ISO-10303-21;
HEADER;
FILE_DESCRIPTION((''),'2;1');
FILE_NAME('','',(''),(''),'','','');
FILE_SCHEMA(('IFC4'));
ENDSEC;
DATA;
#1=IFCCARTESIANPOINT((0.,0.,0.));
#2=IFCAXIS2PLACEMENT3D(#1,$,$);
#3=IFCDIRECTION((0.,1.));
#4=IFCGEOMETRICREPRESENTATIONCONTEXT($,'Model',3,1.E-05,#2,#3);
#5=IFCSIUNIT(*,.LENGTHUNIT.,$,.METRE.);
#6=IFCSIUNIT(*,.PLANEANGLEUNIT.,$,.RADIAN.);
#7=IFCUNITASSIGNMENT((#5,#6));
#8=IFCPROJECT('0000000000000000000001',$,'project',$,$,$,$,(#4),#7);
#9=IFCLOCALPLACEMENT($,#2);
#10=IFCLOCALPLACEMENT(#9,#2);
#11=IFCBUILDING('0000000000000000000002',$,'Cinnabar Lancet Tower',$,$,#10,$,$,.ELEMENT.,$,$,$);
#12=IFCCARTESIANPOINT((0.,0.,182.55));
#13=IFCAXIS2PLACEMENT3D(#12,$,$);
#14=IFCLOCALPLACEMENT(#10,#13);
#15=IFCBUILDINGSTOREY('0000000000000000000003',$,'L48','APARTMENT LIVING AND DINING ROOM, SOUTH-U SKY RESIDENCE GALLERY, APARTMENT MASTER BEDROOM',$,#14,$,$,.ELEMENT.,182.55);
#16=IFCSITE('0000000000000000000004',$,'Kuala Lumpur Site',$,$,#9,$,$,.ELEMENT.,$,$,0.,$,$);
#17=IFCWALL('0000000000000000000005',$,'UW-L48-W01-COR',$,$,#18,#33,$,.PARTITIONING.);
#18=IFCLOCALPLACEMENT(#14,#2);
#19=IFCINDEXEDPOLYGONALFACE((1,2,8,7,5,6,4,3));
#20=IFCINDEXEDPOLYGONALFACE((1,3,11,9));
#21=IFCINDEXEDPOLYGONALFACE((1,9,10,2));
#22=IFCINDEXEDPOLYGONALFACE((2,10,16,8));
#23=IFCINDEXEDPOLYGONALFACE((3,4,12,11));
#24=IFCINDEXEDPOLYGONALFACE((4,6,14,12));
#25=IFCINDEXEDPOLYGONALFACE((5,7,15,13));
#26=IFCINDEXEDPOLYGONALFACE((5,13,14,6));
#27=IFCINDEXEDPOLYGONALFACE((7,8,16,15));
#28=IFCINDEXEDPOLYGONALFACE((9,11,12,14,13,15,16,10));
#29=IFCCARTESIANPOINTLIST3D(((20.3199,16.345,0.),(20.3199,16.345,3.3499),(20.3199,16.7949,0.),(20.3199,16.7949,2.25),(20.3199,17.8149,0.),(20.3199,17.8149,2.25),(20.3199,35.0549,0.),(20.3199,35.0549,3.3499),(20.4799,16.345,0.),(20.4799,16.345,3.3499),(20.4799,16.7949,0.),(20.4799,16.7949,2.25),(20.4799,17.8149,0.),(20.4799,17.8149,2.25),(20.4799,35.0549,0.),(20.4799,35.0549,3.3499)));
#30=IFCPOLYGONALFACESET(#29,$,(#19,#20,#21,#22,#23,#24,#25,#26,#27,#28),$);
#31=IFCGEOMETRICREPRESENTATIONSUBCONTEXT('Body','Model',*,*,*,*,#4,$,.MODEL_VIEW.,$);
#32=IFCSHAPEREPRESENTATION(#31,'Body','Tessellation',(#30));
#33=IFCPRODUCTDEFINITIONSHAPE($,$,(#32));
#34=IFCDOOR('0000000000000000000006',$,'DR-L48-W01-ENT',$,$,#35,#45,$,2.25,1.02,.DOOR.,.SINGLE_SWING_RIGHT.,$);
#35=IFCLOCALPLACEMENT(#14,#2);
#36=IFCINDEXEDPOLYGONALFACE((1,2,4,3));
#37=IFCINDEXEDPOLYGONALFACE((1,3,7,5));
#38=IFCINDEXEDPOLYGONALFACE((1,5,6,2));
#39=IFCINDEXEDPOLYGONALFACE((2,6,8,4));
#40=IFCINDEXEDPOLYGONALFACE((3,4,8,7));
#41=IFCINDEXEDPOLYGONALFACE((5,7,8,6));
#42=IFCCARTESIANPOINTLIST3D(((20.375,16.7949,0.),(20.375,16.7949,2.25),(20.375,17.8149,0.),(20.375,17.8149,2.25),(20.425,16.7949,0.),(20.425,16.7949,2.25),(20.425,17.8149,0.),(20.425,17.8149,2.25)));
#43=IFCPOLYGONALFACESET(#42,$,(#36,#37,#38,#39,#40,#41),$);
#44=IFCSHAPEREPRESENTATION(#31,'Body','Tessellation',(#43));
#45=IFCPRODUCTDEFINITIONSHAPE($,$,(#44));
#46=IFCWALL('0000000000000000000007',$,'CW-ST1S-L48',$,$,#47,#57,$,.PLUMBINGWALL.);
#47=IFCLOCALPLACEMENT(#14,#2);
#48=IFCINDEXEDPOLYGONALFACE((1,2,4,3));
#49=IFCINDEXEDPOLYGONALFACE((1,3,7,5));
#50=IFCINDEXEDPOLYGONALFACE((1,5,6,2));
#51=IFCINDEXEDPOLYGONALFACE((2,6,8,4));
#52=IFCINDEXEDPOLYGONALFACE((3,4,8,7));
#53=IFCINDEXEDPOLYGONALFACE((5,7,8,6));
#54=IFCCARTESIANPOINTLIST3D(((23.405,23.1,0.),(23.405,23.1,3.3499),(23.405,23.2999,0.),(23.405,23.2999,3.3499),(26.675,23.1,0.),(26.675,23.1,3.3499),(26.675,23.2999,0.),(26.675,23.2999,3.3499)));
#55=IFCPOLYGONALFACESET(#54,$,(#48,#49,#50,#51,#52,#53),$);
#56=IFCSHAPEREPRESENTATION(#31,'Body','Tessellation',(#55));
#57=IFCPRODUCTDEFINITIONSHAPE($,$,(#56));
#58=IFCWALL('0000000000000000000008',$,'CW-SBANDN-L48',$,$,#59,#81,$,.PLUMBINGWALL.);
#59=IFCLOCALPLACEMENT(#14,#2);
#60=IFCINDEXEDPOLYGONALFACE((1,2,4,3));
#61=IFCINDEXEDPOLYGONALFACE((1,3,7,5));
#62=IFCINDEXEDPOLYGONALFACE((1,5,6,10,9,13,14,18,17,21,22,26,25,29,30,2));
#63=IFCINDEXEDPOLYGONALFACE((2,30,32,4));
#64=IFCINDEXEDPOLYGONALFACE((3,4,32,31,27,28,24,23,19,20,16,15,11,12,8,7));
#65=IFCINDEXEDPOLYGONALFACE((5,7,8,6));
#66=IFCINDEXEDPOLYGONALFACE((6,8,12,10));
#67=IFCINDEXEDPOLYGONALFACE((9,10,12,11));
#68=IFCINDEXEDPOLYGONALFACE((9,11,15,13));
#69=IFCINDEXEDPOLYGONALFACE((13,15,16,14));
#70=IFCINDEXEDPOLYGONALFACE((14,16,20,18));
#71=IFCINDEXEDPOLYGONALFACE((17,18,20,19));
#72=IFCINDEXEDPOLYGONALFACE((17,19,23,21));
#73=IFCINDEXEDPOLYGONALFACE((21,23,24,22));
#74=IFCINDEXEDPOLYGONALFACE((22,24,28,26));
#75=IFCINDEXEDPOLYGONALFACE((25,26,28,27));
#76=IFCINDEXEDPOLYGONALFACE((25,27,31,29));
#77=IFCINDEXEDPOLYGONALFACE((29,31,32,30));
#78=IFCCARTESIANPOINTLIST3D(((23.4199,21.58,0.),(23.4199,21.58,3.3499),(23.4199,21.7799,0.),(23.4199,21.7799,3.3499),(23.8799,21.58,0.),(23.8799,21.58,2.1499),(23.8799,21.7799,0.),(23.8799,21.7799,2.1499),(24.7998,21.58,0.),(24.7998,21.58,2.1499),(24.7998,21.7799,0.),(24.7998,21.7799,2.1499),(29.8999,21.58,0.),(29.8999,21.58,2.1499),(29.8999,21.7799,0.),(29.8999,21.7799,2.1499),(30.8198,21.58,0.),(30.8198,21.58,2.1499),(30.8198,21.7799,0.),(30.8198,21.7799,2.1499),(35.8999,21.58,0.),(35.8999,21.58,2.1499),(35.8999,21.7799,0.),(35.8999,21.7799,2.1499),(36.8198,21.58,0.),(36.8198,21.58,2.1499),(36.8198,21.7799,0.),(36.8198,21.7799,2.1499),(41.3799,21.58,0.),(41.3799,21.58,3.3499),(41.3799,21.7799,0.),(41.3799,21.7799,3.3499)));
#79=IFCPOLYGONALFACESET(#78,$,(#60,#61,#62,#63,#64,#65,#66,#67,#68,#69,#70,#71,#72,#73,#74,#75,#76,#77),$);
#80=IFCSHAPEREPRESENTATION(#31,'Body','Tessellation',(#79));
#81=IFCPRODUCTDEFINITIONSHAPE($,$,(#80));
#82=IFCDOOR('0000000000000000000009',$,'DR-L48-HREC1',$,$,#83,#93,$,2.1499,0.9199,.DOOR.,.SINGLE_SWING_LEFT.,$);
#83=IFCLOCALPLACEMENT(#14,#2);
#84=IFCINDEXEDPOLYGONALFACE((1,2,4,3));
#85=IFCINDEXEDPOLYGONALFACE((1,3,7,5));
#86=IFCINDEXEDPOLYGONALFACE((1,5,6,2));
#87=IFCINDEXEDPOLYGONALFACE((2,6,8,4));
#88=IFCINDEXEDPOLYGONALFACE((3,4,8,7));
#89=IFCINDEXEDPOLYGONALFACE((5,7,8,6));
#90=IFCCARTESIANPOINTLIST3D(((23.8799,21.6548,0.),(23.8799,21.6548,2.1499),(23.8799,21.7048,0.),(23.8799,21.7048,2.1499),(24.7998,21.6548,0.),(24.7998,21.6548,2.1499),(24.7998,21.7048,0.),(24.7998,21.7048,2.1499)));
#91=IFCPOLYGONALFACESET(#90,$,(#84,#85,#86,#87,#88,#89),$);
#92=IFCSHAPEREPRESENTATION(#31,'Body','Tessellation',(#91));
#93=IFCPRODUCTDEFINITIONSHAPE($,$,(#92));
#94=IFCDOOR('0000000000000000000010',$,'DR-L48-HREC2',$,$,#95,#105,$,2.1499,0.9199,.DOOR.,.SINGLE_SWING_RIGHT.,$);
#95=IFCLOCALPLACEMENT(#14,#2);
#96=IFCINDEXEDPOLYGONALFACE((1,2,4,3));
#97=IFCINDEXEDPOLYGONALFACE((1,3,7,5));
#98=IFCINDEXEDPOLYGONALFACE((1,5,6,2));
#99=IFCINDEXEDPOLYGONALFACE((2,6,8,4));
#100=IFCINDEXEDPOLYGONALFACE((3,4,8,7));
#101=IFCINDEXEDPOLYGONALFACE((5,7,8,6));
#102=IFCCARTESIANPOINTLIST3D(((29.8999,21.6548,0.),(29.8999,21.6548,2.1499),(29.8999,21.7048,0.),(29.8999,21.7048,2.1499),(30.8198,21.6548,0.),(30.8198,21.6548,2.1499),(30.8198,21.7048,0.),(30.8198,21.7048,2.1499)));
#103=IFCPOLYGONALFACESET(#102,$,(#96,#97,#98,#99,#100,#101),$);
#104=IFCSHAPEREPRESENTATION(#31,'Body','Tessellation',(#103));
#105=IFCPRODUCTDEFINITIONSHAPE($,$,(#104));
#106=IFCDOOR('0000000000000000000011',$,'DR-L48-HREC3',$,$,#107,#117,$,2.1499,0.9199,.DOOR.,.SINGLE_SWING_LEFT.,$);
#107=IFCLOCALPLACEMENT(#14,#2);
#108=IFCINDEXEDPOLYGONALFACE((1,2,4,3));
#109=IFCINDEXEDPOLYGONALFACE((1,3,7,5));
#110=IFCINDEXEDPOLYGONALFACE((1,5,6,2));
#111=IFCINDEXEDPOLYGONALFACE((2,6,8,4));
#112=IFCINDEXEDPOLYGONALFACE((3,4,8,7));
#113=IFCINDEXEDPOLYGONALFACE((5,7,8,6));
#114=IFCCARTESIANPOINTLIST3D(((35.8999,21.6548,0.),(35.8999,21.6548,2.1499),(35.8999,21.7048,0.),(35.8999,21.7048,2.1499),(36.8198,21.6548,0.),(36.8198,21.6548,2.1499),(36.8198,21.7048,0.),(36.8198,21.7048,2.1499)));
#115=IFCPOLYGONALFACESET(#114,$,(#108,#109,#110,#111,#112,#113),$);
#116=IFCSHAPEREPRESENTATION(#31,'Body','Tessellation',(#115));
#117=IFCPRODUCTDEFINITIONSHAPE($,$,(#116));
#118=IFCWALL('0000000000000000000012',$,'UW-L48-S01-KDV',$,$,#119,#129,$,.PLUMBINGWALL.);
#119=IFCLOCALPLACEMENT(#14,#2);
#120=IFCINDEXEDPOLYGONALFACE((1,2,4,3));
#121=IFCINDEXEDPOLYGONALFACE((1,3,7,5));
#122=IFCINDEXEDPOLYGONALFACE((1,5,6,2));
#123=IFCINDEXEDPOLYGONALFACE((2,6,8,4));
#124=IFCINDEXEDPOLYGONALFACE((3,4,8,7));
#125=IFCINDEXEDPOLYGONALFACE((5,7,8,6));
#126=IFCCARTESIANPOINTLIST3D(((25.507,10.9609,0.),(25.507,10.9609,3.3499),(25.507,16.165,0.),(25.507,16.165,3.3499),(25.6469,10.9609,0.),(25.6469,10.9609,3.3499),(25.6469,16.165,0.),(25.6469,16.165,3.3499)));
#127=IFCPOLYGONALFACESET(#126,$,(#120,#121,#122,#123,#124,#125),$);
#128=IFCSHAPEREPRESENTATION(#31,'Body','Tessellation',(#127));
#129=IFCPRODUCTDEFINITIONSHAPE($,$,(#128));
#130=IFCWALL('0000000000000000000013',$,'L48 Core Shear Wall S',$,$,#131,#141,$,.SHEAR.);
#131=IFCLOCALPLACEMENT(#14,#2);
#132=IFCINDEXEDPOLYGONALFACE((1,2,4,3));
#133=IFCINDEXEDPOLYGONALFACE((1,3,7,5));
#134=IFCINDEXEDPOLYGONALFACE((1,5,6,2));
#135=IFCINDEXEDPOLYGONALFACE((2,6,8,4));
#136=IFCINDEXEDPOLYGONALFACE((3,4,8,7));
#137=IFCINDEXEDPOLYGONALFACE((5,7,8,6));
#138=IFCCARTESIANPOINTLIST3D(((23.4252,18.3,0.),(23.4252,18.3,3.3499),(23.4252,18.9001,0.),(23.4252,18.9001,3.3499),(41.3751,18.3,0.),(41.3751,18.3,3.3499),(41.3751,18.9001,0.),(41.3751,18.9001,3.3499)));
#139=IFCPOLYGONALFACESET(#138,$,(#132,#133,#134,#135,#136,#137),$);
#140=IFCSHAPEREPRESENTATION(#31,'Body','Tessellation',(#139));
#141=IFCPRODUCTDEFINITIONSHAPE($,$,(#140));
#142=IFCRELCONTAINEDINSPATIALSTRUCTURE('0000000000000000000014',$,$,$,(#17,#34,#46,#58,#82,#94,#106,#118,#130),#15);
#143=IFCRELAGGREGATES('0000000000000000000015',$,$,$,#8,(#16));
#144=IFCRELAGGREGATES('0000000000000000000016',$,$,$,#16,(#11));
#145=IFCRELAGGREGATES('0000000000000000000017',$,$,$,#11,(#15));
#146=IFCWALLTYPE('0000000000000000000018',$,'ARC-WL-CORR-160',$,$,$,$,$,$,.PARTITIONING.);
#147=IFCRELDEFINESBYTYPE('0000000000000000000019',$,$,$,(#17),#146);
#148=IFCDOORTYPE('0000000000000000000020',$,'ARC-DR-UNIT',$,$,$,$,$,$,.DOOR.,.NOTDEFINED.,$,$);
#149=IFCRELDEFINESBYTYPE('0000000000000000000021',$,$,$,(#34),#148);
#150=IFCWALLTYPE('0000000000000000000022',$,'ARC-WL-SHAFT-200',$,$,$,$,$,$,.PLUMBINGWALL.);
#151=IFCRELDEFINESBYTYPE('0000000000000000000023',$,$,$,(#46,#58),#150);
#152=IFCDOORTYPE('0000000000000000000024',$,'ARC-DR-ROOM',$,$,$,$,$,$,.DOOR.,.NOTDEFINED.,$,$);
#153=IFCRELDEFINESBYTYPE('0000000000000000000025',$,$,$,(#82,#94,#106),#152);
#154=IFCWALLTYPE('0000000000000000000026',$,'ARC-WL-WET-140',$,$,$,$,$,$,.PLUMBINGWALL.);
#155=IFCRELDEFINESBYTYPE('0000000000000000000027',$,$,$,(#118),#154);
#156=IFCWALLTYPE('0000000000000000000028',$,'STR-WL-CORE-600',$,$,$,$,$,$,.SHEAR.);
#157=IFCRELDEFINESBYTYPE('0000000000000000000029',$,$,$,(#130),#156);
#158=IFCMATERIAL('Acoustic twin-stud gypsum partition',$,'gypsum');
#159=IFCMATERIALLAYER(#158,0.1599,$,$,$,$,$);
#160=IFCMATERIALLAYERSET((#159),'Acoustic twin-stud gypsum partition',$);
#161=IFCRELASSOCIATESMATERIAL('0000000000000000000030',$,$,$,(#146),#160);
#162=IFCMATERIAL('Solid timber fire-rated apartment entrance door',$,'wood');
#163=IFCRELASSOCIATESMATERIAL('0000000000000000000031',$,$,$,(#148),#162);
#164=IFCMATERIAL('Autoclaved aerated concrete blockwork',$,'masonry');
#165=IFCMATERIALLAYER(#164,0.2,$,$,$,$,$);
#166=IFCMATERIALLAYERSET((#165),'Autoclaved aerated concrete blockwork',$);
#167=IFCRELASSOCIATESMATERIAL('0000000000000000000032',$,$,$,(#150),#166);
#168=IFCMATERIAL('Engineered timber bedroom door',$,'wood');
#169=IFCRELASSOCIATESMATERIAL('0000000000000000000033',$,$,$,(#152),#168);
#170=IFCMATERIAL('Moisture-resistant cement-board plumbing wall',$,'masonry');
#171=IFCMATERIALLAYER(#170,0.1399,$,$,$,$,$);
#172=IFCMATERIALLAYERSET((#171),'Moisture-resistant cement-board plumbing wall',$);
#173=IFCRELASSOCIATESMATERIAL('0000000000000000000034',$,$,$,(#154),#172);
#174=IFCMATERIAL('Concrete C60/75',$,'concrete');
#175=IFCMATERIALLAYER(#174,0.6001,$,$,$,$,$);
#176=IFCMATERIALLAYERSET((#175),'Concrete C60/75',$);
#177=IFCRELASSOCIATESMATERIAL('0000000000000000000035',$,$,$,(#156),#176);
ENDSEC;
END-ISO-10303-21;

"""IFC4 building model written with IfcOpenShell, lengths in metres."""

from ifc_helpers import new_model, si_unit, direction, frame, frame_2d, origin, place, context, subcontext, project, spatial, rectangle, extrude, material, layer, layer_set, type_object, element, fill, save


model = new_model("IFC4")

# Units and contexts
model_context = context("Model", 3, precision=1e-05, world=origin(), true_north=direction((0.0, 1.0)))
body_context = subcontext(model_context, "Body", "Model", "MODEL_VIEW")
ifc_project = project(units=[si_unit("LENGTHUNIT", "METRE"), si_unit("PLANEANGLEUNIT", "RADIAN")], contexts=[model_context])

# Site, building, storey
site_placement = place(None, origin())
site = spatial("IfcSite", under=ifc_project, at=site_placement, Name="Kuala Lumpur Site", CompositionType="ELEMENT", RefElevation=0.0)
building_placement = place(site_placement, origin())
building = spatial("IfcBuilding", under=site, at=building_placement, Name="Cinnabar Lancet Tower", CompositionType="ELEMENT")
storey_placement = place(building_placement, frame((0.0, 0.0, 182.55)))
storey = spatial("IfcBuildingStorey", under=building, at=storey_placement, Name="L48", Description="APARTMENT LIVING AND DINING ROOM, SOUTH-U SKY RESIDENCE GALLERY, APARTMENT MASTER BEDROOM", CompositionType="ELEMENT", Elevation=182.55)

# Shared definitions
ifc_material_1 = material(Name="Acoustic twin-stud gypsum partition", Category="gypsum")
ifc_layer_1 = layer(ifc_material_1, 0.1599)
ifc_layer_set_1 = layer_set([ifc_layer_1], Name="Acoustic twin-stud gypsum partition")
wall_type_1 = type_object("IfcWallType", Name="ARC-WL-CORR-160", PredefinedType="PARTITIONING", material=ifc_layer_set_1)

# Wall, opening, door
ifc_material_2 = material(Name="Solid timber fire-rated apartment entrance door", Category="wood")
door_type_1 = type_object("IfcDoorType", Name="ARC-DR-UNIT", OperationType="NOTDEFINED", PredefinedType="DOOR", material=ifc_material_2)
wall_1_placement = place(storey_placement, frame((20.3999, 16.345, 0.0), z_axis=(0.0, 0.0, 1.0), x_axis=(0.0, 1.0, 0.0)))
wall_1 = element("IfcWall", 1, at=wall_1_placement, inside=storey, type_object=wall_type_1, Name="UW-L48-W01-COR", PredefinedType="PARTITIONING", context=body_context, shape_type="SweptSolid", body=[
    extrude(rectangle(XDim=18.71, YDim=0.1599, at=frame_2d((9.355, 0.0))), origin(), (0.0, 0.0, 1.0), 3.3499),
])
opening_1_placement = place(wall_1_placement, frame((0.45, 0.0, 0.0)))
opening_1 = element("IfcOpeningElement", 2, at=opening_1_placement, cuts=wall_1, PredefinedType="OPENING", context=body_context, shape_type="SweptSolid", body=[
    extrude(rectangle(XDim=1.02, YDim=2.25, at=frame_2d((0.51, 1.125))), frame((0.0, 0.0898, 0.0), z_axis=(0.0, -1.0, 0.0), x_axis=(1.0, 0.0, 0.0)), (0.0, 0.0, 1.0), 0.1799),
])
door_1_placement = place(opening_1_placement, origin())
door_1 = element("IfcDoor", 3, at=door_1_placement, inside=storey, type_object=door_type_1, Name="DR-L48-W01-ENT", OperationType="SINGLE_SWING_RIGHT", OverallHeight=2.25, OverallWidth=1.02, PredefinedType="DOOR", context=body_context, shape_type="SweptSolid", body=[
    extrude(rectangle(XDim=1.02, YDim=2.25, at=frame_2d((0.51, 1.125))), frame((0.0, 0.0249, 0.0), z_axis=(0.0, -1.0, 0.0), x_axis=(1.0, 0.0, 0.0)), (0.0, 0.0, 1.0), 0.05),
])
fill(opening_1, door_1)

# Wall
ifc_material_3 = material(Name="Autoclaved aerated concrete blockwork", Category="masonry")
ifc_layer_2 = layer(ifc_material_3, 0.2)
ifc_layer_set_2 = layer_set([ifc_layer_2], Name="Autoclaved aerated concrete blockwork")
wall_type_2 = type_object("IfcWallType", Name="ARC-WL-SHAFT-200", PredefinedType="PLUMBINGWALL", material=ifc_layer_set_2)
wall_2_placement = place(storey_placement, frame((23.405, 23.2, 0.0), z_axis=(0.0, 0.0, 1.0), x_axis=(1.0, 0.0, 0.0)))
element("IfcWall", 4, at=wall_2_placement, inside=storey, type_object=wall_type_2, Name="CW-ST1S-L48", PredefinedType="PLUMBINGWALL", context=body_context, shape_type="SweptSolid", body=[
    extrude(rectangle(XDim=3.27, YDim=0.2, at=frame_2d((1.635, 0.0))), origin(), (0.0, 0.0, 1.0), 3.3499),
])

# Wall, openings, doors
wall_3_placement = place(storey_placement, frame((23.4199, 21.6799, 0.0), z_axis=(0.0, 0.0, 1.0), x_axis=(1.0, 0.0, 0.0)))
wall_3 = element("IfcWall", 5, at=wall_3_placement, inside=storey, type_object=wall_type_2, Name="CW-SBANDN-L48", PredefinedType="PLUMBINGWALL", context=body_context, shape_type="SweptSolid", body=[
    extrude(rectangle(XDim=17.96, YDim=0.2, at=frame_2d((8.98, 0.0))), origin(), (0.0, 0.0, 1.0), 3.3499),
])
opening_2_placement = place(wall_3_placement, frame((0.46, 0.0, 0.0)))
opening_2 = element("IfcOpeningElement", 6, at=opening_2_placement, cuts=wall_3, PredefinedType="OPENING", context=body_context, shape_type="SweptSolid", body=[
    extrude(rectangle(XDim=0.9199, YDim=2.1499, at=frame_2d((0.46, 1.075))), frame((0.0, 0.1099, 0.0), z_axis=(0.0, -1.0, 0.0), x_axis=(1.0, 0.0, 0.0)), (0.0, 0.0, 1.0), 0.22),
])
opening_3_placement = place(wall_3_placement, frame((6.48, 0.0, 0.0)))
opening_3 = element("IfcOpeningElement", 7, at=opening_3_placement, cuts=wall_3, PredefinedType="OPENING", context=body_context, shape_type="SweptSolid", body=[
    extrude(rectangle(XDim=0.9199, YDim=2.1499, at=frame_2d((0.46, 1.075))), frame((0.0, 0.1099, 0.0), z_axis=(0.0, -1.0, 0.0), x_axis=(1.0, 0.0, 0.0)), (0.0, 0.0, 1.0), 0.22),
])
opening_4_placement = place(wall_3_placement, frame((12.48, 0.0, 0.0)))
opening_4 = element("IfcOpeningElement", 8, at=opening_4_placement, cuts=wall_3, PredefinedType="OPENING", context=body_context, shape_type="SweptSolid", body=[
    extrude(rectangle(XDim=0.9199, YDim=2.1499, at=frame_2d((0.46, 1.075))), frame((0.0, 0.1099, 0.0), z_axis=(0.0, -1.0, 0.0), x_axis=(1.0, 0.0, 0.0)), (0.0, 0.0, 1.0), 0.22),
])
ifc_material_4 = material(Name="Engineered timber bedroom door", Category="wood")
door_type_2 = type_object("IfcDoorType", Name="ARC-DR-ROOM", OperationType="NOTDEFINED", PredefinedType="DOOR", material=ifc_material_4)
door_2_placement = place(opening_2_placement, origin())
door_2 = element("IfcDoor", 9, at=door_2_placement, inside=storey, type_object=door_type_2, Name="DR-L48-HREC1", OperationType="SINGLE_SWING_LEFT", OverallHeight=2.1499, OverallWidth=0.9199, PredefinedType="DOOR", context=body_context, shape_type="SweptSolid", body=[
    extrude(rectangle(XDim=0.9199, YDim=2.1499, at=frame_2d((0.46, 1.075))), frame((0.0, 0.0249, 0.0), z_axis=(0.0, -1.0, 0.0), x_axis=(1.0, 0.0, 0.0)), (0.0, 0.0, 1.0), 0.05),
])
fill(opening_2, door_2)
door_3_placement = place(opening_3_placement, origin())
door_3 = element("IfcDoor", 10, at=door_3_placement, inside=storey, type_object=door_type_2, Name="DR-L48-HREC2", OperationType="SINGLE_SWING_RIGHT", OverallHeight=2.1499, OverallWidth=0.9199, PredefinedType="DOOR", context=body_context, shape_type="SweptSolid", body=[
    extrude(rectangle(XDim=0.9199, YDim=2.1499, at=frame_2d((0.46, 1.075))), frame((0.0, 0.0249, 0.0), z_axis=(0.0, -1.0, 0.0), x_axis=(1.0, 0.0, 0.0)), (0.0, 0.0, 1.0), 0.05),
])
fill(opening_3, door_3)
door_4_placement = place(opening_4_placement, origin())
door_4 = element("IfcDoor", 11, at=door_4_placement, inside=storey, type_object=door_type_2, Name="DR-L48-HREC3", OperationType="SINGLE_SWING_LEFT", OverallHeight=2.1499, OverallWidth=0.9199, PredefinedType="DOOR", context=body_context, shape_type="SweptSolid", body=[
    extrude(rectangle(XDim=0.9199, YDim=2.1499, at=frame_2d((0.46, 1.075))), frame((0.0, 0.0249, 0.0), z_axis=(0.0, -1.0, 0.0), x_axis=(1.0, 0.0, 0.0)), (0.0, 0.0, 1.0), 0.05),
])
fill(opening_4, door_4)

# Walls
ifc_material_5 = material(Name="Moisture-resistant cement-board plumbing wall", Category="masonry")
ifc_layer_3 = layer(ifc_material_5, 0.1399)
ifc_layer_set_3 = layer_set([ifc_layer_3], Name="Moisture-resistant cement-board plumbing wall")
wall_type_3 = type_object("IfcWallType", Name="ARC-WL-WET-140", PredefinedType="PLUMBINGWALL", material=ifc_layer_set_3)
wall_4_placement = place(storey_placement, frame((25.5769, 10.9609, 0.0), z_axis=(0.0, 0.0, 1.0), x_axis=(0.0, 1.0, 0.0)))
element("IfcWall", 12, at=wall_4_placement, inside=storey, type_object=wall_type_3, Name="UW-L48-S01-KDV", PredefinedType="PLUMBINGWALL", context=body_context, shape_type="SweptSolid", body=[
    extrude(rectangle(XDim=5.2041, YDim=0.1399, at=frame_2d((2.6021, 0.0))), origin(), (0.0, 0.0, 1.0), 3.3499),
])
ifc_material_6 = material(Name="Concrete C60/75", Category="concrete")
ifc_layer_4 = layer(ifc_material_6, 0.6001)
ifc_layer_set_4 = layer_set([ifc_layer_4], Name="Concrete C60/75")
wall_type_4 = type_object("IfcWallType", Name="STR-WL-CORE-600", PredefinedType="SHEAR", material=ifc_layer_set_4)
wall_5_placement = place(storey_placement, frame((23.425, 18.6001, 0.0), z_axis=(0.0, 0.0, 1.0), x_axis=(1.0, 0.0, 0.0)))
element("IfcWall", 13, at=wall_5_placement, inside=storey, type_object=wall_type_4, Name="L48 Core Shear Wall S", PredefinedType="SHEAR", context=body_context, shape_type="SweptSolid", body=[
    extrude(rectangle(XDim=17.95, YDim=0.6001, at=frame_2d((8.9751, 0.0))), origin(), (0.0, 0.0, 1.0), 3.3499),
])

save(model, "model.ifc")
